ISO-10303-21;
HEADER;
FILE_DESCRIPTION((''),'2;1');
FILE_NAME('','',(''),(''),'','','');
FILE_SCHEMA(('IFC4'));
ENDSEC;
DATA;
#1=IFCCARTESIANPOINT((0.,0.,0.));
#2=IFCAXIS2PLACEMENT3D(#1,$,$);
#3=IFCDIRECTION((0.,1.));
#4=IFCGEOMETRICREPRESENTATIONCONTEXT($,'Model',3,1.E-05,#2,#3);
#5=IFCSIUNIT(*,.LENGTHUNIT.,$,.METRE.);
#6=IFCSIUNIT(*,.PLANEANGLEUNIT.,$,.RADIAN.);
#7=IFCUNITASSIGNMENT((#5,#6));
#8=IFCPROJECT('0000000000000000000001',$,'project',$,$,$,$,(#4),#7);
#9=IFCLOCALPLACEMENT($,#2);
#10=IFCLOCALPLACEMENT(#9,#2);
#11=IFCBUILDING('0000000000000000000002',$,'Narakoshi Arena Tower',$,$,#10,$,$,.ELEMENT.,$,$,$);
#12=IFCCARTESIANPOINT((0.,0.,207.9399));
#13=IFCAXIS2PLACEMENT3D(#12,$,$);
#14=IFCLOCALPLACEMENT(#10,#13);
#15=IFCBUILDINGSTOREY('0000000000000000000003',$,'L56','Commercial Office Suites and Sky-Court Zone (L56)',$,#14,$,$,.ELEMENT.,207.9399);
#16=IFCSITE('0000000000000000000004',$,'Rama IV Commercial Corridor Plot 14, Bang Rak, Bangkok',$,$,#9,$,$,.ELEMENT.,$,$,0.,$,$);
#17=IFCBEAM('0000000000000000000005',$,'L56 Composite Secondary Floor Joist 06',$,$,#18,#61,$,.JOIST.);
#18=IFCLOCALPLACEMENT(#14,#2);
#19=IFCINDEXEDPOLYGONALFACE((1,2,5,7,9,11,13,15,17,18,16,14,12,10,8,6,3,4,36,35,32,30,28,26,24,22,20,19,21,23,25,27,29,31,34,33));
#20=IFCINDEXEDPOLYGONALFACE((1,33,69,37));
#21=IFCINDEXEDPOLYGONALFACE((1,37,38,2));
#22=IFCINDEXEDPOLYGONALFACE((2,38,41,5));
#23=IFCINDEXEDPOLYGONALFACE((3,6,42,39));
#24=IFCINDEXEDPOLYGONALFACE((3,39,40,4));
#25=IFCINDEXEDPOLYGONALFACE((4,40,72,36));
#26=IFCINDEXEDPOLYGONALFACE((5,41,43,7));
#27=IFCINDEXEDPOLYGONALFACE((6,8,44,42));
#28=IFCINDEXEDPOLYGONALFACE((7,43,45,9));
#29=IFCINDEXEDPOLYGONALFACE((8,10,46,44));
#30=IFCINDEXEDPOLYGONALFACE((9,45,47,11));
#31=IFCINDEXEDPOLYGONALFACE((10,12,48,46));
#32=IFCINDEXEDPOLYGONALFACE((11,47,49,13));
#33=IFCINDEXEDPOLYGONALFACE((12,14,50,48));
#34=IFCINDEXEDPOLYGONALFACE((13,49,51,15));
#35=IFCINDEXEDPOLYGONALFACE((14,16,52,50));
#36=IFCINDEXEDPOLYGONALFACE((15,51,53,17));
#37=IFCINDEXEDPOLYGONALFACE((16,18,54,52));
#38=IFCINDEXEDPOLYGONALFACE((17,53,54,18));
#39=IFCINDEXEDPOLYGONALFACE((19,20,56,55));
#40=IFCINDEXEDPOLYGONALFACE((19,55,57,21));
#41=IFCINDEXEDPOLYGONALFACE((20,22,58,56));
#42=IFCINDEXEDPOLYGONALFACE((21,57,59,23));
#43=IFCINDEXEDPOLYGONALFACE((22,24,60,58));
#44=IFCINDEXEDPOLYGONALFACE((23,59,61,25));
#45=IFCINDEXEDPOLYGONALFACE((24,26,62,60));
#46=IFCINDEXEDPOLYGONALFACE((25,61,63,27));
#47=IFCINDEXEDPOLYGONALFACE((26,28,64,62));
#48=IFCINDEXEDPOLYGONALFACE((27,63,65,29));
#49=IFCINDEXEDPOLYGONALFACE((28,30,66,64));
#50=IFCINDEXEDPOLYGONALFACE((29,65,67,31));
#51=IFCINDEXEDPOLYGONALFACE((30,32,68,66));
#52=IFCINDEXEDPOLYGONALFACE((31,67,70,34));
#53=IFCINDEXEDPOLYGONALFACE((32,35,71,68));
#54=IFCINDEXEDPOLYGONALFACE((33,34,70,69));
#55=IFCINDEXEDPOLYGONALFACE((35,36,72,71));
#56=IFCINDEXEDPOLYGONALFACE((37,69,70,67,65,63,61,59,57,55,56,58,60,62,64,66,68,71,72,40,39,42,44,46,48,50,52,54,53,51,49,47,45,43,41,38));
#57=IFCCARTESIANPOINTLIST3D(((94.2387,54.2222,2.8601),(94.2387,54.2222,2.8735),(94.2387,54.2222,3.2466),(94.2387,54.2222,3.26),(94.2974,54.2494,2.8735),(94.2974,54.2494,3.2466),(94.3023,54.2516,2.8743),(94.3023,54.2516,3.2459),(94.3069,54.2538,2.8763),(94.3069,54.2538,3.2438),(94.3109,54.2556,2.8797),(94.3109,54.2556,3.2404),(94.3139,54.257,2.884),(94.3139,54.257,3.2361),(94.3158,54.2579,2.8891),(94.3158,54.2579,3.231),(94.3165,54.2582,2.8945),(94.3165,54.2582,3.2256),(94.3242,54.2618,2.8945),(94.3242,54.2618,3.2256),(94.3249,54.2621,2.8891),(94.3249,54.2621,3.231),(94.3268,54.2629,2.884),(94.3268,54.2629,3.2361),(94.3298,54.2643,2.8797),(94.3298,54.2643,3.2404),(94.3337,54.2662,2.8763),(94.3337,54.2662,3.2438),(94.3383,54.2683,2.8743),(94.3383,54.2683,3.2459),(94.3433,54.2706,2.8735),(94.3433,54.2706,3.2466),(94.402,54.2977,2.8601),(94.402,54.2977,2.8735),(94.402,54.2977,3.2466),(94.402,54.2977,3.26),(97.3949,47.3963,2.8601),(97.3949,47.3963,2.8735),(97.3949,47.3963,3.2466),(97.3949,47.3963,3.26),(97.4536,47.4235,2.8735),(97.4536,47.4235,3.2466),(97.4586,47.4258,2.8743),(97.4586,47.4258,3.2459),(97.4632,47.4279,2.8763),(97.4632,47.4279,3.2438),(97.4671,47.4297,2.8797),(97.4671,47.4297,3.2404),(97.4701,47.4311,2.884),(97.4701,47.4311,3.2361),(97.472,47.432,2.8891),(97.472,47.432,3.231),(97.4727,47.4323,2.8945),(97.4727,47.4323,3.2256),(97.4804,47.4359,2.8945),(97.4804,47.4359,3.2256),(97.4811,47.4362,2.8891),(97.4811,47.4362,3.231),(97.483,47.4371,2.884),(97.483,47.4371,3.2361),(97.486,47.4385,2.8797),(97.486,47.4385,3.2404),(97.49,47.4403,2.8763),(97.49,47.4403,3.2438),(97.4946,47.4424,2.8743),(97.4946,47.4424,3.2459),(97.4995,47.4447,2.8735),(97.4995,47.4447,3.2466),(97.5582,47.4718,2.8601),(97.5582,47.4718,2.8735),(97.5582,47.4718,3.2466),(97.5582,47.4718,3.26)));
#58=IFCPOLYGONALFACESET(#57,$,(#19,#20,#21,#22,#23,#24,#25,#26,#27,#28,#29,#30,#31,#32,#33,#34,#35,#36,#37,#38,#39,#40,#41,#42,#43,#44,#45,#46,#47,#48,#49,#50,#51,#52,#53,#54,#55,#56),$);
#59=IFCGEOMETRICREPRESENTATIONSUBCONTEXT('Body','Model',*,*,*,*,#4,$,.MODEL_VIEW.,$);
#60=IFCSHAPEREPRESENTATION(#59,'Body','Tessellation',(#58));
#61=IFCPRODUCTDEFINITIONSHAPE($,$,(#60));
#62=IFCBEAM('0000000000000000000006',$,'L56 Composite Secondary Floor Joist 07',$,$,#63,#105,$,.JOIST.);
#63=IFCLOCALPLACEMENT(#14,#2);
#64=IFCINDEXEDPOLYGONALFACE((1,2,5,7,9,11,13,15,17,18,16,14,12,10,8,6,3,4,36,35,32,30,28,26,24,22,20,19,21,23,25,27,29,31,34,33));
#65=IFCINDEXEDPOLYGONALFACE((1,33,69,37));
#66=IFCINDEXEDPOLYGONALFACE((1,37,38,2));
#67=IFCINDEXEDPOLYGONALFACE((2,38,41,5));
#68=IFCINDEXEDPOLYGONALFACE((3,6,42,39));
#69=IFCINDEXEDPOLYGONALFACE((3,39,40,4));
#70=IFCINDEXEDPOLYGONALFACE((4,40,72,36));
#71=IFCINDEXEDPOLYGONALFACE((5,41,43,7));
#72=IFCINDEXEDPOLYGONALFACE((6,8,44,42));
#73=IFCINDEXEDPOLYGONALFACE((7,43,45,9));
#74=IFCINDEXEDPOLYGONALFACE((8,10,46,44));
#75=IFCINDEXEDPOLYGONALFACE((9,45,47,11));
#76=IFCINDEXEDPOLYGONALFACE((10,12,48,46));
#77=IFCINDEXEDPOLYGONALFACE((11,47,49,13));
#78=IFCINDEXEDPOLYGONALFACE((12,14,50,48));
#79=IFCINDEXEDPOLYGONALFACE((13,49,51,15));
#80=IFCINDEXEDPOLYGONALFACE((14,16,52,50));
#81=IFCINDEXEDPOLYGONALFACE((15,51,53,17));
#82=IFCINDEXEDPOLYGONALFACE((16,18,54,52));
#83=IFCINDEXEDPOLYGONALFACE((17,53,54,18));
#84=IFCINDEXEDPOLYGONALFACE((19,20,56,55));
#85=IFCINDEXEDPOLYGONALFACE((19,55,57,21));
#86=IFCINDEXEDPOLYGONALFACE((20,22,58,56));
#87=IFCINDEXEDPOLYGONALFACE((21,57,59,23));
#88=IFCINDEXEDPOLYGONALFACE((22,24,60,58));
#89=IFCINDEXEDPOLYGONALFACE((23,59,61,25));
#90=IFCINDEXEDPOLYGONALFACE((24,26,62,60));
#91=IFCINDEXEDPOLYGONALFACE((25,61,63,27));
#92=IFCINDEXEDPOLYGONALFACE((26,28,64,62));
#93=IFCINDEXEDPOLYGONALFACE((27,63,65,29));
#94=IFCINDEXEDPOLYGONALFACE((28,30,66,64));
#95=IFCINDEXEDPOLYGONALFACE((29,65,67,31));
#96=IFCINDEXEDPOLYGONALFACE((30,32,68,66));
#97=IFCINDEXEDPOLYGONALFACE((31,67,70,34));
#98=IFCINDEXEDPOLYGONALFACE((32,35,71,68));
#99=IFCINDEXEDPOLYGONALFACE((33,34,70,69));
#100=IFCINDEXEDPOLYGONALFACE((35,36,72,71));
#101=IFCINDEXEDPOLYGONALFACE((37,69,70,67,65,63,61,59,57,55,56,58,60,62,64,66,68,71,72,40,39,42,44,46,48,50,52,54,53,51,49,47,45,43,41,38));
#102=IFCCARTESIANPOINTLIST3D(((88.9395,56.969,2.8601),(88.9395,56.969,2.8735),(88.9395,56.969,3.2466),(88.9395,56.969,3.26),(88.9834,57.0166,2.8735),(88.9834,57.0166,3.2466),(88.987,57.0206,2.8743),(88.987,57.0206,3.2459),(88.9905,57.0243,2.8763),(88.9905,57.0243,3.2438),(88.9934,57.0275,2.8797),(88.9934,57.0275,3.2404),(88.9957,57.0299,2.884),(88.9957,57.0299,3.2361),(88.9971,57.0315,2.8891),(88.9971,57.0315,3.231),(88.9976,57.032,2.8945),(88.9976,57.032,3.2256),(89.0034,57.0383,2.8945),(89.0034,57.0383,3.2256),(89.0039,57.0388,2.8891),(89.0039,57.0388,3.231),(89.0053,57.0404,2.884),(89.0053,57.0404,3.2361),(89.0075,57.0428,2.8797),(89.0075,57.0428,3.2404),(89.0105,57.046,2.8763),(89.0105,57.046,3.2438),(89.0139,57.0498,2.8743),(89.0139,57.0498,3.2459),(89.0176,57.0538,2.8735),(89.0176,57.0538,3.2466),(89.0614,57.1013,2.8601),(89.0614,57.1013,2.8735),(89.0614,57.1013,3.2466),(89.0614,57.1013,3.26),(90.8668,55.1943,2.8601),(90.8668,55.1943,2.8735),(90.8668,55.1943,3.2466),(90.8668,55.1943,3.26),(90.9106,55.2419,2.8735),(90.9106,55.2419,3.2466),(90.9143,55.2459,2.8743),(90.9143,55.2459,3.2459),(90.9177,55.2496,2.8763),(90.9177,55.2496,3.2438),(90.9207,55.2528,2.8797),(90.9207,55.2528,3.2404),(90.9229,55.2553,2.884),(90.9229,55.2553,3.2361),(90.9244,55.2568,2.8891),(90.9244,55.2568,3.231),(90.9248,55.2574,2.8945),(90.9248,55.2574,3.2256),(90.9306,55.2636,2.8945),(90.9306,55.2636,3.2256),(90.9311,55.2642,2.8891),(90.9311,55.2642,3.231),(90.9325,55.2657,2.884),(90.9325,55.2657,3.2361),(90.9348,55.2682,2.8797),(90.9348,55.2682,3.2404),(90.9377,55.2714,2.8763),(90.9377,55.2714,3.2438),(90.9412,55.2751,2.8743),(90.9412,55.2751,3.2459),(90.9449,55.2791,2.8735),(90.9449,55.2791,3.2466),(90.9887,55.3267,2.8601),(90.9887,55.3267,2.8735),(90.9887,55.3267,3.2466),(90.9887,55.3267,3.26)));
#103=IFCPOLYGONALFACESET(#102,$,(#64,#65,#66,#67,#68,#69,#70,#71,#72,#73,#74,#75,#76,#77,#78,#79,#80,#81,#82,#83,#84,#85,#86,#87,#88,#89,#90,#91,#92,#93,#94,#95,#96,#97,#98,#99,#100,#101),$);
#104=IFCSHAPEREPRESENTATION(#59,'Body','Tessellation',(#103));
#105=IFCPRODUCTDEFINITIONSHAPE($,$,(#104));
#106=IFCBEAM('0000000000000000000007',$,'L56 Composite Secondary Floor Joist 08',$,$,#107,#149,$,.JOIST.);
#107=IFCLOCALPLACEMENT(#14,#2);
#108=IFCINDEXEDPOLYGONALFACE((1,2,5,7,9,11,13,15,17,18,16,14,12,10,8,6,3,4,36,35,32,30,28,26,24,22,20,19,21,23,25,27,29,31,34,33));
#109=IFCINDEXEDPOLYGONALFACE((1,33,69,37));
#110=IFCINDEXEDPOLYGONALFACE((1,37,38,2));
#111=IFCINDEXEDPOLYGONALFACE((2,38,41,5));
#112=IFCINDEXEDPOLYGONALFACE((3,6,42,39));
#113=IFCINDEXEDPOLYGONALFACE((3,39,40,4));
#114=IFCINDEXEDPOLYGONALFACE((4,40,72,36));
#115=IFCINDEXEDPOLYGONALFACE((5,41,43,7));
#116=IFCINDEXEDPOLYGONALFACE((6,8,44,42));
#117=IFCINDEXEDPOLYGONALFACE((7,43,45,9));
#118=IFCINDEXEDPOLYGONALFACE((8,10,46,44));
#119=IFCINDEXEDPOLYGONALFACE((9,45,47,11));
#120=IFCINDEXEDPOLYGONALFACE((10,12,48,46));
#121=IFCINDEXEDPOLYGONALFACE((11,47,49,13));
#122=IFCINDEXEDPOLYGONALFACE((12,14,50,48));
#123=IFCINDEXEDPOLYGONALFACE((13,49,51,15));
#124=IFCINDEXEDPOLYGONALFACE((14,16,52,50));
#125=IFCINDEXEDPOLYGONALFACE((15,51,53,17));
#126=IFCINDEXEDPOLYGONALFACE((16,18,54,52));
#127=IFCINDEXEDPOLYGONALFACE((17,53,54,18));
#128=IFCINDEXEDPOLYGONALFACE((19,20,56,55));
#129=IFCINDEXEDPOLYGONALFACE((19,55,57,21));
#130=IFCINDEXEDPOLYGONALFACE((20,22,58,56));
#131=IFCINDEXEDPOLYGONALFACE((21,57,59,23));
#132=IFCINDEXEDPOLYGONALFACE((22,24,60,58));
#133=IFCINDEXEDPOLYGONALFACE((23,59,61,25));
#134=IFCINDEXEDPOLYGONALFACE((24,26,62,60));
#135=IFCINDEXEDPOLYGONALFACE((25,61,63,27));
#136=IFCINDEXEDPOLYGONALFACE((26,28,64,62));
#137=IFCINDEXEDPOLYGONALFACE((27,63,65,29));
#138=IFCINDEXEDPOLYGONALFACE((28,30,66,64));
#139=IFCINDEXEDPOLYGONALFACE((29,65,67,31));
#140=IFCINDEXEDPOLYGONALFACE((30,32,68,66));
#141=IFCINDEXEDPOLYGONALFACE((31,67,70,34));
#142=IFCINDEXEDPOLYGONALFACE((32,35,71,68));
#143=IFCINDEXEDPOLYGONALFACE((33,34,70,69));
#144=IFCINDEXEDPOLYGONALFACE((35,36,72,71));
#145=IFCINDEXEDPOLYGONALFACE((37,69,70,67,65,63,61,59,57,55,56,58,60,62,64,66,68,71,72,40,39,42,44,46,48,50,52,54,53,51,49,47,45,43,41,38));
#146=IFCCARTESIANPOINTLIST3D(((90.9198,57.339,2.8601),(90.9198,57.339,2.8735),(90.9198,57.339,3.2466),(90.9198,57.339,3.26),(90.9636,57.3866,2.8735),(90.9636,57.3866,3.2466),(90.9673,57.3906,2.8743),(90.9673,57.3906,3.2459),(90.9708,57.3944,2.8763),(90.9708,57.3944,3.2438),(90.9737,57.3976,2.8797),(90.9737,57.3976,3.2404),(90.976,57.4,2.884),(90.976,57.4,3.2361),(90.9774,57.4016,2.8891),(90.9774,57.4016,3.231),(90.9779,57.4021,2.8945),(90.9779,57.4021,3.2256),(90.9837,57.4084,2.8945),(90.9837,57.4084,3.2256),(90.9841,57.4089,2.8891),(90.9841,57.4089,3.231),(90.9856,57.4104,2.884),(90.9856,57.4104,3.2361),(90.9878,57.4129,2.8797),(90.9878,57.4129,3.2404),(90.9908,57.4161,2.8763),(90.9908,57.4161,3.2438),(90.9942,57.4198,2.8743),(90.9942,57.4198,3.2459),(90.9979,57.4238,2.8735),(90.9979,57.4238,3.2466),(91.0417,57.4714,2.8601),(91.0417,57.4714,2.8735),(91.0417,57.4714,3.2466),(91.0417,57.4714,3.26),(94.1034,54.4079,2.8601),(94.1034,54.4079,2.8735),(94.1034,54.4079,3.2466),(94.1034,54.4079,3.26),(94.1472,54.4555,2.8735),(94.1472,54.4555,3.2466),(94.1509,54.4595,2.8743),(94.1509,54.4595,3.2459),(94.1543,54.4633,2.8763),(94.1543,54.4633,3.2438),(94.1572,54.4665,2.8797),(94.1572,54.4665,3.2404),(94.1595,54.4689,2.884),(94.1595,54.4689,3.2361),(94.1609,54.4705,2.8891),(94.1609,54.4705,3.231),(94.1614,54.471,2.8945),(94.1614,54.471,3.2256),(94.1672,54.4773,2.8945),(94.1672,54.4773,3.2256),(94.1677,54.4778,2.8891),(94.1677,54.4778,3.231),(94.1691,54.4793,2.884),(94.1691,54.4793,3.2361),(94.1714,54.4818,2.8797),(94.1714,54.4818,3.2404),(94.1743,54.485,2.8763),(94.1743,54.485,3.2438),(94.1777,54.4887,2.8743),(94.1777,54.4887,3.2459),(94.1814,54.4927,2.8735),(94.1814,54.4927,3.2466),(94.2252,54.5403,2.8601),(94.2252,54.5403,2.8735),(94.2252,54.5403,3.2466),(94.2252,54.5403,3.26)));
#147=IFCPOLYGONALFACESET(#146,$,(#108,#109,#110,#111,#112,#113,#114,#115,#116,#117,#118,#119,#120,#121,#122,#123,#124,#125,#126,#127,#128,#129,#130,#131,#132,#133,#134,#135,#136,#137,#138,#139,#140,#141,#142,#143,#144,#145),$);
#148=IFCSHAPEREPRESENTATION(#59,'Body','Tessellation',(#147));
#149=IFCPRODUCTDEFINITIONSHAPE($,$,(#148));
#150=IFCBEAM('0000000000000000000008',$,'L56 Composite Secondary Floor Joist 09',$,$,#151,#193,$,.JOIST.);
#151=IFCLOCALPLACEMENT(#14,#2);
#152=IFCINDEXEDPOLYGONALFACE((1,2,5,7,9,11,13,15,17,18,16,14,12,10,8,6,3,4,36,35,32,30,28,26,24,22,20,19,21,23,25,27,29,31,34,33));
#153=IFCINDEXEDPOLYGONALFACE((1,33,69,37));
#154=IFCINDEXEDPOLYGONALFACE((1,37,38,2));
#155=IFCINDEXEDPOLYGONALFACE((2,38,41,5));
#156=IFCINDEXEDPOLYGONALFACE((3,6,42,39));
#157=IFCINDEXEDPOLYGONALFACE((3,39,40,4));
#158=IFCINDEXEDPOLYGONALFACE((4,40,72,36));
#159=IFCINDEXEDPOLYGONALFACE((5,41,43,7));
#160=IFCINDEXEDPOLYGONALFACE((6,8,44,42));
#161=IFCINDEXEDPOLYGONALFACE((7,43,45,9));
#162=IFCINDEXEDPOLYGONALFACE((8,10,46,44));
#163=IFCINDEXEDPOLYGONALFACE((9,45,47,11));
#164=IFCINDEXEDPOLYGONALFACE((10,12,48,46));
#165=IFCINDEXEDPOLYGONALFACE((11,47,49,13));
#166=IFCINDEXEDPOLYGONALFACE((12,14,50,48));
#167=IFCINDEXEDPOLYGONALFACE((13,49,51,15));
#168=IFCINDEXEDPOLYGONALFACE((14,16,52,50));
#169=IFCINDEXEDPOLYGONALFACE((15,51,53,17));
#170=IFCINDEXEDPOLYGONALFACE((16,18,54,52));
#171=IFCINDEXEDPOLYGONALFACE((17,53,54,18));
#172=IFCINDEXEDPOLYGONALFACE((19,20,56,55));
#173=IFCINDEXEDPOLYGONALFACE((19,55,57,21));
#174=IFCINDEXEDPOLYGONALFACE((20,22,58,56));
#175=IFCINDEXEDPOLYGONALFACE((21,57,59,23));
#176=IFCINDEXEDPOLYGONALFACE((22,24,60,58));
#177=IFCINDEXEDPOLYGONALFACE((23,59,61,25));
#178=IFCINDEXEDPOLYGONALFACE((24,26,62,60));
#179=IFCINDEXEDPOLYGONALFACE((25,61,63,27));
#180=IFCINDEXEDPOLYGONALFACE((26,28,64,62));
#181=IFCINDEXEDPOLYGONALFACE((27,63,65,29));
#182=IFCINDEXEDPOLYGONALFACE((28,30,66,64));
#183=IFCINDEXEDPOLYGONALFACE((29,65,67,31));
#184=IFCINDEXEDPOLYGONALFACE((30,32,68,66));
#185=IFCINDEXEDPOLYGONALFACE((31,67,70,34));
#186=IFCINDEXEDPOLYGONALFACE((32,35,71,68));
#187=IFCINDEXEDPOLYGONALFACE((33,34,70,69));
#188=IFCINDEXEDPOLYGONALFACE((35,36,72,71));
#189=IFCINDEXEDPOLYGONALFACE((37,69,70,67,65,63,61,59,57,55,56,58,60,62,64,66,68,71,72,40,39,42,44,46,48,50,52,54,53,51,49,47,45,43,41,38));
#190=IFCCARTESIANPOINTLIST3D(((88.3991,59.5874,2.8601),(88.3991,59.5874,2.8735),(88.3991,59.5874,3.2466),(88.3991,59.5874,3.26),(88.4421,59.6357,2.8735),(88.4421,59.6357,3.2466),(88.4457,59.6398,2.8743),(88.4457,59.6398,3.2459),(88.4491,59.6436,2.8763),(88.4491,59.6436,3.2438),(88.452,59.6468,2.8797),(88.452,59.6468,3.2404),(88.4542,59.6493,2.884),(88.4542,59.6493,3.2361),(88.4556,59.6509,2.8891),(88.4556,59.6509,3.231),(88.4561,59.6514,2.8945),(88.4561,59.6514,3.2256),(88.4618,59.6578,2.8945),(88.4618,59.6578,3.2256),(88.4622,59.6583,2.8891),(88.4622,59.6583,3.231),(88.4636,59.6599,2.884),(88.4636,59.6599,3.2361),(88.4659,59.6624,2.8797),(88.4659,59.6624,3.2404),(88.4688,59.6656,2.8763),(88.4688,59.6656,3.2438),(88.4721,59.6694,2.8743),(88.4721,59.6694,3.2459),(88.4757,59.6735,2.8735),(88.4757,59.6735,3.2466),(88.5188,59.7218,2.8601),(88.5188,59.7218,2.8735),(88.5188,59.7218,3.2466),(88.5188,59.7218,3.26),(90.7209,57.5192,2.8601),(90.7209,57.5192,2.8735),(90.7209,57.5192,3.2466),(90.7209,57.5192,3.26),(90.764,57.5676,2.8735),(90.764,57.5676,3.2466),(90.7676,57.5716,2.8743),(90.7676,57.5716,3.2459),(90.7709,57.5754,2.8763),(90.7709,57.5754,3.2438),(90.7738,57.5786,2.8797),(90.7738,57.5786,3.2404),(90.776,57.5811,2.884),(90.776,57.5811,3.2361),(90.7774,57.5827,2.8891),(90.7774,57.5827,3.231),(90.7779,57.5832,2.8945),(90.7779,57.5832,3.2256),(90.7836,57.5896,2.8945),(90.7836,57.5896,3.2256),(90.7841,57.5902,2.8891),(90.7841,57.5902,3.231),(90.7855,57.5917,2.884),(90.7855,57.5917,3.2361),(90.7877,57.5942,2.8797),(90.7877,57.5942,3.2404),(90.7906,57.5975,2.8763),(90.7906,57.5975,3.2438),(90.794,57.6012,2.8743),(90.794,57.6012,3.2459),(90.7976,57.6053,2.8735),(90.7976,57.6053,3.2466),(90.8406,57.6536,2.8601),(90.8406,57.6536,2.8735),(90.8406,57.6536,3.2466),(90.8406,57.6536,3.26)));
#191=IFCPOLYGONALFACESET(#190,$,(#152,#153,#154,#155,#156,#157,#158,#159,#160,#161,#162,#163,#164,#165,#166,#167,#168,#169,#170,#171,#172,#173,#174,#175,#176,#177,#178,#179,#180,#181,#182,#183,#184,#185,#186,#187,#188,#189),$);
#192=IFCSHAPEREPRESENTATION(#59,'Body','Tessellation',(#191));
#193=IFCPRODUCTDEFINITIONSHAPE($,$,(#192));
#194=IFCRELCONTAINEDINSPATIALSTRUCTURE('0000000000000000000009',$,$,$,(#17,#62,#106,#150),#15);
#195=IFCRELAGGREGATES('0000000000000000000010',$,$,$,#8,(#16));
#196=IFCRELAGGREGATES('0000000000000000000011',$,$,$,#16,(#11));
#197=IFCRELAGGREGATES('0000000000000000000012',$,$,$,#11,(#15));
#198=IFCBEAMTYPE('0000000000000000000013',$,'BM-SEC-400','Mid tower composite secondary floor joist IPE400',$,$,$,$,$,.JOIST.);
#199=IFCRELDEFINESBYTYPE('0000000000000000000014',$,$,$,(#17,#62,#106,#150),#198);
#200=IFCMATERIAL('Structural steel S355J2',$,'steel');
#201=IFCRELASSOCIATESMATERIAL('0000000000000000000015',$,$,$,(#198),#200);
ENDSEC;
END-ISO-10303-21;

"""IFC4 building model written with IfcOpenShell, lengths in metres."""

from ifc_helpers import new_model, si_unit, direction, frame, origin, origin_2d, place, context, subcontext, project, spatial, i_section, extrude, material, material_profile, profile_set, type_object, element, save


model = new_model("IFC4")

# Units and contexts
model_context = context("Model", 3, precision=1e-05, world=origin(), true_north=direction((0.0, 1.0)))
body_context = subcontext(model_context, "Body", "Model", "MODEL_VIEW")
ifc_project = project(units=[si_unit("LENGTHUNIT", "METRE"), si_unit("PLANEANGLEUNIT", "RADIAN")], contexts=[model_context])

# Site, building, storey
site_placement = place(None, origin())
site = spatial("IfcSite", under=ifc_project, at=site_placement, Name="Rama IV Commercial Corridor Plot 14, Bang Rak, Bangkok", CompositionType="ELEMENT", RefElevation=0.0)
building_placement = place(site_placement, origin())
building = spatial("IfcBuilding", under=site, at=building_placement, Name="Narakoshi Arena Tower", CompositionType="ELEMENT")
storey_placement = place(building_placement, frame((0.0, 0.0, 207.9399)))
storey = spatial("IfcBuildingStorey", under=building, at=storey_placement, Name="L56", Description="Commercial Office Suites and Sky-Court Zone (L56)", CompositionType="ELEMENT", Elevation=207.9399)

# Beams
ifc_material_1 = material(Name="Structural steel S355J2", Category="steel")
ifc_material_profile_1 = material_profile(ifc_material_1, i_section(OverallWidth=0.1799, OverallDepth=0.3999, WebThickness=0.0085, FlangeThickness=0.0134, FilletRadius=0.021, at=origin_2d()), Name="IPE400")
ifc_profile_set_1 = profile_set([ifc_material_profile_1], Name="Structural steel S355J2")
beam_type_1 = type_object("IfcBeamType", Name="BM-SEC-400", Description="Mid tower composite secondary floor joist IPE400", PredefinedType="JOIST", material=ifc_profile_set_1)
beam_1_placement = place(storey_placement, frame((97.4766, 47.4341, 3.0601), z_axis=(-0.419696, 0.907665, 0.0), x_axis=(-0.907665, -0.419696, 0.0)))
element("IfcBeam", 1, at=beam_1_placement, inside=storey, type_object=beam_type_1, Name="L56 Composite Secondary Floor Joist 06", PredefinedType="JOIST", context=body_context, shape_type="SweptSolid", body=[
    extrude(i_section(OverallWidth=0.1799, OverallDepth=0.3999, WebThickness=0.0085, FlangeThickness=0.0134, FilletRadius=0.021, at=origin_2d()), origin(), (0.0, 0.0, 1.0), 7.5203),
])
beam_2_placement = place(storey_placement, frame((90.9277, 55.2605, 3.0601), z_axis=(-0.735628, 0.677386, 0.0), x_axis=(-0.677386, -0.735628, 0.0)))
element("IfcBeam", 2, at=beam_2_placement, inside=storey, type_object=beam_type_1, Name="L56 Composite Secondary Floor Joist 07", PredefinedType="JOIST", context=body_context, shape_type="SweptSolid", body=[
    extrude(i_section(OverallWidth=0.1799, OverallDepth=0.3999, WebThickness=0.0085, FlangeThickness=0.0134, FilletRadius=0.021, at=origin_2d()), origin(), (0.0, 0.0, 1.0), 2.6199),
])
beam_3_placement = place(storey_placement, frame((94.1643, 54.4741, 3.0601), z_axis=(-0.735672, 0.677338, 0.0), x_axis=(-0.677338, -0.735672, 0.0)))
element("IfcBeam", 3, at=beam_3_placement, inside=storey, type_object=beam_type_1, Name="L56 Composite Secondary Floor Joist 08", PredefinedType="JOIST", context=body_context, shape_type="SweptSolid", body=[
    extrude(i_section(OverallWidth=0.1799, OverallDepth=0.3999, WebThickness=0.0085, FlangeThickness=0.0134, FilletRadius=0.021, at=origin_2d()), origin(), (0.0, 0.0, 1.0), 4.3274),
])
beam_4_placement = place(storey_placement, frame((90.7808, 57.5864, 3.0601), z_axis=(-0.74672, 0.665138, 0.0), x_axis=(-0.665138, -0.74672, 0.0)))
element("IfcBeam", 4, at=beam_4_placement, inside=storey, type_object=beam_type_1, Name="L56 Composite Secondary Floor Joist 09", PredefinedType="JOIST", context=body_context, shape_type="SweptSolid", body=[
    extrude(i_section(OverallWidth=0.1799, OverallDepth=0.3999, WebThickness=0.0085, FlangeThickness=0.0134, FilletRadius=0.021, at=origin_2d()), origin(), (0.0, 0.0, 1.0), 3.1094),
])

save(model, "model.ifc")
